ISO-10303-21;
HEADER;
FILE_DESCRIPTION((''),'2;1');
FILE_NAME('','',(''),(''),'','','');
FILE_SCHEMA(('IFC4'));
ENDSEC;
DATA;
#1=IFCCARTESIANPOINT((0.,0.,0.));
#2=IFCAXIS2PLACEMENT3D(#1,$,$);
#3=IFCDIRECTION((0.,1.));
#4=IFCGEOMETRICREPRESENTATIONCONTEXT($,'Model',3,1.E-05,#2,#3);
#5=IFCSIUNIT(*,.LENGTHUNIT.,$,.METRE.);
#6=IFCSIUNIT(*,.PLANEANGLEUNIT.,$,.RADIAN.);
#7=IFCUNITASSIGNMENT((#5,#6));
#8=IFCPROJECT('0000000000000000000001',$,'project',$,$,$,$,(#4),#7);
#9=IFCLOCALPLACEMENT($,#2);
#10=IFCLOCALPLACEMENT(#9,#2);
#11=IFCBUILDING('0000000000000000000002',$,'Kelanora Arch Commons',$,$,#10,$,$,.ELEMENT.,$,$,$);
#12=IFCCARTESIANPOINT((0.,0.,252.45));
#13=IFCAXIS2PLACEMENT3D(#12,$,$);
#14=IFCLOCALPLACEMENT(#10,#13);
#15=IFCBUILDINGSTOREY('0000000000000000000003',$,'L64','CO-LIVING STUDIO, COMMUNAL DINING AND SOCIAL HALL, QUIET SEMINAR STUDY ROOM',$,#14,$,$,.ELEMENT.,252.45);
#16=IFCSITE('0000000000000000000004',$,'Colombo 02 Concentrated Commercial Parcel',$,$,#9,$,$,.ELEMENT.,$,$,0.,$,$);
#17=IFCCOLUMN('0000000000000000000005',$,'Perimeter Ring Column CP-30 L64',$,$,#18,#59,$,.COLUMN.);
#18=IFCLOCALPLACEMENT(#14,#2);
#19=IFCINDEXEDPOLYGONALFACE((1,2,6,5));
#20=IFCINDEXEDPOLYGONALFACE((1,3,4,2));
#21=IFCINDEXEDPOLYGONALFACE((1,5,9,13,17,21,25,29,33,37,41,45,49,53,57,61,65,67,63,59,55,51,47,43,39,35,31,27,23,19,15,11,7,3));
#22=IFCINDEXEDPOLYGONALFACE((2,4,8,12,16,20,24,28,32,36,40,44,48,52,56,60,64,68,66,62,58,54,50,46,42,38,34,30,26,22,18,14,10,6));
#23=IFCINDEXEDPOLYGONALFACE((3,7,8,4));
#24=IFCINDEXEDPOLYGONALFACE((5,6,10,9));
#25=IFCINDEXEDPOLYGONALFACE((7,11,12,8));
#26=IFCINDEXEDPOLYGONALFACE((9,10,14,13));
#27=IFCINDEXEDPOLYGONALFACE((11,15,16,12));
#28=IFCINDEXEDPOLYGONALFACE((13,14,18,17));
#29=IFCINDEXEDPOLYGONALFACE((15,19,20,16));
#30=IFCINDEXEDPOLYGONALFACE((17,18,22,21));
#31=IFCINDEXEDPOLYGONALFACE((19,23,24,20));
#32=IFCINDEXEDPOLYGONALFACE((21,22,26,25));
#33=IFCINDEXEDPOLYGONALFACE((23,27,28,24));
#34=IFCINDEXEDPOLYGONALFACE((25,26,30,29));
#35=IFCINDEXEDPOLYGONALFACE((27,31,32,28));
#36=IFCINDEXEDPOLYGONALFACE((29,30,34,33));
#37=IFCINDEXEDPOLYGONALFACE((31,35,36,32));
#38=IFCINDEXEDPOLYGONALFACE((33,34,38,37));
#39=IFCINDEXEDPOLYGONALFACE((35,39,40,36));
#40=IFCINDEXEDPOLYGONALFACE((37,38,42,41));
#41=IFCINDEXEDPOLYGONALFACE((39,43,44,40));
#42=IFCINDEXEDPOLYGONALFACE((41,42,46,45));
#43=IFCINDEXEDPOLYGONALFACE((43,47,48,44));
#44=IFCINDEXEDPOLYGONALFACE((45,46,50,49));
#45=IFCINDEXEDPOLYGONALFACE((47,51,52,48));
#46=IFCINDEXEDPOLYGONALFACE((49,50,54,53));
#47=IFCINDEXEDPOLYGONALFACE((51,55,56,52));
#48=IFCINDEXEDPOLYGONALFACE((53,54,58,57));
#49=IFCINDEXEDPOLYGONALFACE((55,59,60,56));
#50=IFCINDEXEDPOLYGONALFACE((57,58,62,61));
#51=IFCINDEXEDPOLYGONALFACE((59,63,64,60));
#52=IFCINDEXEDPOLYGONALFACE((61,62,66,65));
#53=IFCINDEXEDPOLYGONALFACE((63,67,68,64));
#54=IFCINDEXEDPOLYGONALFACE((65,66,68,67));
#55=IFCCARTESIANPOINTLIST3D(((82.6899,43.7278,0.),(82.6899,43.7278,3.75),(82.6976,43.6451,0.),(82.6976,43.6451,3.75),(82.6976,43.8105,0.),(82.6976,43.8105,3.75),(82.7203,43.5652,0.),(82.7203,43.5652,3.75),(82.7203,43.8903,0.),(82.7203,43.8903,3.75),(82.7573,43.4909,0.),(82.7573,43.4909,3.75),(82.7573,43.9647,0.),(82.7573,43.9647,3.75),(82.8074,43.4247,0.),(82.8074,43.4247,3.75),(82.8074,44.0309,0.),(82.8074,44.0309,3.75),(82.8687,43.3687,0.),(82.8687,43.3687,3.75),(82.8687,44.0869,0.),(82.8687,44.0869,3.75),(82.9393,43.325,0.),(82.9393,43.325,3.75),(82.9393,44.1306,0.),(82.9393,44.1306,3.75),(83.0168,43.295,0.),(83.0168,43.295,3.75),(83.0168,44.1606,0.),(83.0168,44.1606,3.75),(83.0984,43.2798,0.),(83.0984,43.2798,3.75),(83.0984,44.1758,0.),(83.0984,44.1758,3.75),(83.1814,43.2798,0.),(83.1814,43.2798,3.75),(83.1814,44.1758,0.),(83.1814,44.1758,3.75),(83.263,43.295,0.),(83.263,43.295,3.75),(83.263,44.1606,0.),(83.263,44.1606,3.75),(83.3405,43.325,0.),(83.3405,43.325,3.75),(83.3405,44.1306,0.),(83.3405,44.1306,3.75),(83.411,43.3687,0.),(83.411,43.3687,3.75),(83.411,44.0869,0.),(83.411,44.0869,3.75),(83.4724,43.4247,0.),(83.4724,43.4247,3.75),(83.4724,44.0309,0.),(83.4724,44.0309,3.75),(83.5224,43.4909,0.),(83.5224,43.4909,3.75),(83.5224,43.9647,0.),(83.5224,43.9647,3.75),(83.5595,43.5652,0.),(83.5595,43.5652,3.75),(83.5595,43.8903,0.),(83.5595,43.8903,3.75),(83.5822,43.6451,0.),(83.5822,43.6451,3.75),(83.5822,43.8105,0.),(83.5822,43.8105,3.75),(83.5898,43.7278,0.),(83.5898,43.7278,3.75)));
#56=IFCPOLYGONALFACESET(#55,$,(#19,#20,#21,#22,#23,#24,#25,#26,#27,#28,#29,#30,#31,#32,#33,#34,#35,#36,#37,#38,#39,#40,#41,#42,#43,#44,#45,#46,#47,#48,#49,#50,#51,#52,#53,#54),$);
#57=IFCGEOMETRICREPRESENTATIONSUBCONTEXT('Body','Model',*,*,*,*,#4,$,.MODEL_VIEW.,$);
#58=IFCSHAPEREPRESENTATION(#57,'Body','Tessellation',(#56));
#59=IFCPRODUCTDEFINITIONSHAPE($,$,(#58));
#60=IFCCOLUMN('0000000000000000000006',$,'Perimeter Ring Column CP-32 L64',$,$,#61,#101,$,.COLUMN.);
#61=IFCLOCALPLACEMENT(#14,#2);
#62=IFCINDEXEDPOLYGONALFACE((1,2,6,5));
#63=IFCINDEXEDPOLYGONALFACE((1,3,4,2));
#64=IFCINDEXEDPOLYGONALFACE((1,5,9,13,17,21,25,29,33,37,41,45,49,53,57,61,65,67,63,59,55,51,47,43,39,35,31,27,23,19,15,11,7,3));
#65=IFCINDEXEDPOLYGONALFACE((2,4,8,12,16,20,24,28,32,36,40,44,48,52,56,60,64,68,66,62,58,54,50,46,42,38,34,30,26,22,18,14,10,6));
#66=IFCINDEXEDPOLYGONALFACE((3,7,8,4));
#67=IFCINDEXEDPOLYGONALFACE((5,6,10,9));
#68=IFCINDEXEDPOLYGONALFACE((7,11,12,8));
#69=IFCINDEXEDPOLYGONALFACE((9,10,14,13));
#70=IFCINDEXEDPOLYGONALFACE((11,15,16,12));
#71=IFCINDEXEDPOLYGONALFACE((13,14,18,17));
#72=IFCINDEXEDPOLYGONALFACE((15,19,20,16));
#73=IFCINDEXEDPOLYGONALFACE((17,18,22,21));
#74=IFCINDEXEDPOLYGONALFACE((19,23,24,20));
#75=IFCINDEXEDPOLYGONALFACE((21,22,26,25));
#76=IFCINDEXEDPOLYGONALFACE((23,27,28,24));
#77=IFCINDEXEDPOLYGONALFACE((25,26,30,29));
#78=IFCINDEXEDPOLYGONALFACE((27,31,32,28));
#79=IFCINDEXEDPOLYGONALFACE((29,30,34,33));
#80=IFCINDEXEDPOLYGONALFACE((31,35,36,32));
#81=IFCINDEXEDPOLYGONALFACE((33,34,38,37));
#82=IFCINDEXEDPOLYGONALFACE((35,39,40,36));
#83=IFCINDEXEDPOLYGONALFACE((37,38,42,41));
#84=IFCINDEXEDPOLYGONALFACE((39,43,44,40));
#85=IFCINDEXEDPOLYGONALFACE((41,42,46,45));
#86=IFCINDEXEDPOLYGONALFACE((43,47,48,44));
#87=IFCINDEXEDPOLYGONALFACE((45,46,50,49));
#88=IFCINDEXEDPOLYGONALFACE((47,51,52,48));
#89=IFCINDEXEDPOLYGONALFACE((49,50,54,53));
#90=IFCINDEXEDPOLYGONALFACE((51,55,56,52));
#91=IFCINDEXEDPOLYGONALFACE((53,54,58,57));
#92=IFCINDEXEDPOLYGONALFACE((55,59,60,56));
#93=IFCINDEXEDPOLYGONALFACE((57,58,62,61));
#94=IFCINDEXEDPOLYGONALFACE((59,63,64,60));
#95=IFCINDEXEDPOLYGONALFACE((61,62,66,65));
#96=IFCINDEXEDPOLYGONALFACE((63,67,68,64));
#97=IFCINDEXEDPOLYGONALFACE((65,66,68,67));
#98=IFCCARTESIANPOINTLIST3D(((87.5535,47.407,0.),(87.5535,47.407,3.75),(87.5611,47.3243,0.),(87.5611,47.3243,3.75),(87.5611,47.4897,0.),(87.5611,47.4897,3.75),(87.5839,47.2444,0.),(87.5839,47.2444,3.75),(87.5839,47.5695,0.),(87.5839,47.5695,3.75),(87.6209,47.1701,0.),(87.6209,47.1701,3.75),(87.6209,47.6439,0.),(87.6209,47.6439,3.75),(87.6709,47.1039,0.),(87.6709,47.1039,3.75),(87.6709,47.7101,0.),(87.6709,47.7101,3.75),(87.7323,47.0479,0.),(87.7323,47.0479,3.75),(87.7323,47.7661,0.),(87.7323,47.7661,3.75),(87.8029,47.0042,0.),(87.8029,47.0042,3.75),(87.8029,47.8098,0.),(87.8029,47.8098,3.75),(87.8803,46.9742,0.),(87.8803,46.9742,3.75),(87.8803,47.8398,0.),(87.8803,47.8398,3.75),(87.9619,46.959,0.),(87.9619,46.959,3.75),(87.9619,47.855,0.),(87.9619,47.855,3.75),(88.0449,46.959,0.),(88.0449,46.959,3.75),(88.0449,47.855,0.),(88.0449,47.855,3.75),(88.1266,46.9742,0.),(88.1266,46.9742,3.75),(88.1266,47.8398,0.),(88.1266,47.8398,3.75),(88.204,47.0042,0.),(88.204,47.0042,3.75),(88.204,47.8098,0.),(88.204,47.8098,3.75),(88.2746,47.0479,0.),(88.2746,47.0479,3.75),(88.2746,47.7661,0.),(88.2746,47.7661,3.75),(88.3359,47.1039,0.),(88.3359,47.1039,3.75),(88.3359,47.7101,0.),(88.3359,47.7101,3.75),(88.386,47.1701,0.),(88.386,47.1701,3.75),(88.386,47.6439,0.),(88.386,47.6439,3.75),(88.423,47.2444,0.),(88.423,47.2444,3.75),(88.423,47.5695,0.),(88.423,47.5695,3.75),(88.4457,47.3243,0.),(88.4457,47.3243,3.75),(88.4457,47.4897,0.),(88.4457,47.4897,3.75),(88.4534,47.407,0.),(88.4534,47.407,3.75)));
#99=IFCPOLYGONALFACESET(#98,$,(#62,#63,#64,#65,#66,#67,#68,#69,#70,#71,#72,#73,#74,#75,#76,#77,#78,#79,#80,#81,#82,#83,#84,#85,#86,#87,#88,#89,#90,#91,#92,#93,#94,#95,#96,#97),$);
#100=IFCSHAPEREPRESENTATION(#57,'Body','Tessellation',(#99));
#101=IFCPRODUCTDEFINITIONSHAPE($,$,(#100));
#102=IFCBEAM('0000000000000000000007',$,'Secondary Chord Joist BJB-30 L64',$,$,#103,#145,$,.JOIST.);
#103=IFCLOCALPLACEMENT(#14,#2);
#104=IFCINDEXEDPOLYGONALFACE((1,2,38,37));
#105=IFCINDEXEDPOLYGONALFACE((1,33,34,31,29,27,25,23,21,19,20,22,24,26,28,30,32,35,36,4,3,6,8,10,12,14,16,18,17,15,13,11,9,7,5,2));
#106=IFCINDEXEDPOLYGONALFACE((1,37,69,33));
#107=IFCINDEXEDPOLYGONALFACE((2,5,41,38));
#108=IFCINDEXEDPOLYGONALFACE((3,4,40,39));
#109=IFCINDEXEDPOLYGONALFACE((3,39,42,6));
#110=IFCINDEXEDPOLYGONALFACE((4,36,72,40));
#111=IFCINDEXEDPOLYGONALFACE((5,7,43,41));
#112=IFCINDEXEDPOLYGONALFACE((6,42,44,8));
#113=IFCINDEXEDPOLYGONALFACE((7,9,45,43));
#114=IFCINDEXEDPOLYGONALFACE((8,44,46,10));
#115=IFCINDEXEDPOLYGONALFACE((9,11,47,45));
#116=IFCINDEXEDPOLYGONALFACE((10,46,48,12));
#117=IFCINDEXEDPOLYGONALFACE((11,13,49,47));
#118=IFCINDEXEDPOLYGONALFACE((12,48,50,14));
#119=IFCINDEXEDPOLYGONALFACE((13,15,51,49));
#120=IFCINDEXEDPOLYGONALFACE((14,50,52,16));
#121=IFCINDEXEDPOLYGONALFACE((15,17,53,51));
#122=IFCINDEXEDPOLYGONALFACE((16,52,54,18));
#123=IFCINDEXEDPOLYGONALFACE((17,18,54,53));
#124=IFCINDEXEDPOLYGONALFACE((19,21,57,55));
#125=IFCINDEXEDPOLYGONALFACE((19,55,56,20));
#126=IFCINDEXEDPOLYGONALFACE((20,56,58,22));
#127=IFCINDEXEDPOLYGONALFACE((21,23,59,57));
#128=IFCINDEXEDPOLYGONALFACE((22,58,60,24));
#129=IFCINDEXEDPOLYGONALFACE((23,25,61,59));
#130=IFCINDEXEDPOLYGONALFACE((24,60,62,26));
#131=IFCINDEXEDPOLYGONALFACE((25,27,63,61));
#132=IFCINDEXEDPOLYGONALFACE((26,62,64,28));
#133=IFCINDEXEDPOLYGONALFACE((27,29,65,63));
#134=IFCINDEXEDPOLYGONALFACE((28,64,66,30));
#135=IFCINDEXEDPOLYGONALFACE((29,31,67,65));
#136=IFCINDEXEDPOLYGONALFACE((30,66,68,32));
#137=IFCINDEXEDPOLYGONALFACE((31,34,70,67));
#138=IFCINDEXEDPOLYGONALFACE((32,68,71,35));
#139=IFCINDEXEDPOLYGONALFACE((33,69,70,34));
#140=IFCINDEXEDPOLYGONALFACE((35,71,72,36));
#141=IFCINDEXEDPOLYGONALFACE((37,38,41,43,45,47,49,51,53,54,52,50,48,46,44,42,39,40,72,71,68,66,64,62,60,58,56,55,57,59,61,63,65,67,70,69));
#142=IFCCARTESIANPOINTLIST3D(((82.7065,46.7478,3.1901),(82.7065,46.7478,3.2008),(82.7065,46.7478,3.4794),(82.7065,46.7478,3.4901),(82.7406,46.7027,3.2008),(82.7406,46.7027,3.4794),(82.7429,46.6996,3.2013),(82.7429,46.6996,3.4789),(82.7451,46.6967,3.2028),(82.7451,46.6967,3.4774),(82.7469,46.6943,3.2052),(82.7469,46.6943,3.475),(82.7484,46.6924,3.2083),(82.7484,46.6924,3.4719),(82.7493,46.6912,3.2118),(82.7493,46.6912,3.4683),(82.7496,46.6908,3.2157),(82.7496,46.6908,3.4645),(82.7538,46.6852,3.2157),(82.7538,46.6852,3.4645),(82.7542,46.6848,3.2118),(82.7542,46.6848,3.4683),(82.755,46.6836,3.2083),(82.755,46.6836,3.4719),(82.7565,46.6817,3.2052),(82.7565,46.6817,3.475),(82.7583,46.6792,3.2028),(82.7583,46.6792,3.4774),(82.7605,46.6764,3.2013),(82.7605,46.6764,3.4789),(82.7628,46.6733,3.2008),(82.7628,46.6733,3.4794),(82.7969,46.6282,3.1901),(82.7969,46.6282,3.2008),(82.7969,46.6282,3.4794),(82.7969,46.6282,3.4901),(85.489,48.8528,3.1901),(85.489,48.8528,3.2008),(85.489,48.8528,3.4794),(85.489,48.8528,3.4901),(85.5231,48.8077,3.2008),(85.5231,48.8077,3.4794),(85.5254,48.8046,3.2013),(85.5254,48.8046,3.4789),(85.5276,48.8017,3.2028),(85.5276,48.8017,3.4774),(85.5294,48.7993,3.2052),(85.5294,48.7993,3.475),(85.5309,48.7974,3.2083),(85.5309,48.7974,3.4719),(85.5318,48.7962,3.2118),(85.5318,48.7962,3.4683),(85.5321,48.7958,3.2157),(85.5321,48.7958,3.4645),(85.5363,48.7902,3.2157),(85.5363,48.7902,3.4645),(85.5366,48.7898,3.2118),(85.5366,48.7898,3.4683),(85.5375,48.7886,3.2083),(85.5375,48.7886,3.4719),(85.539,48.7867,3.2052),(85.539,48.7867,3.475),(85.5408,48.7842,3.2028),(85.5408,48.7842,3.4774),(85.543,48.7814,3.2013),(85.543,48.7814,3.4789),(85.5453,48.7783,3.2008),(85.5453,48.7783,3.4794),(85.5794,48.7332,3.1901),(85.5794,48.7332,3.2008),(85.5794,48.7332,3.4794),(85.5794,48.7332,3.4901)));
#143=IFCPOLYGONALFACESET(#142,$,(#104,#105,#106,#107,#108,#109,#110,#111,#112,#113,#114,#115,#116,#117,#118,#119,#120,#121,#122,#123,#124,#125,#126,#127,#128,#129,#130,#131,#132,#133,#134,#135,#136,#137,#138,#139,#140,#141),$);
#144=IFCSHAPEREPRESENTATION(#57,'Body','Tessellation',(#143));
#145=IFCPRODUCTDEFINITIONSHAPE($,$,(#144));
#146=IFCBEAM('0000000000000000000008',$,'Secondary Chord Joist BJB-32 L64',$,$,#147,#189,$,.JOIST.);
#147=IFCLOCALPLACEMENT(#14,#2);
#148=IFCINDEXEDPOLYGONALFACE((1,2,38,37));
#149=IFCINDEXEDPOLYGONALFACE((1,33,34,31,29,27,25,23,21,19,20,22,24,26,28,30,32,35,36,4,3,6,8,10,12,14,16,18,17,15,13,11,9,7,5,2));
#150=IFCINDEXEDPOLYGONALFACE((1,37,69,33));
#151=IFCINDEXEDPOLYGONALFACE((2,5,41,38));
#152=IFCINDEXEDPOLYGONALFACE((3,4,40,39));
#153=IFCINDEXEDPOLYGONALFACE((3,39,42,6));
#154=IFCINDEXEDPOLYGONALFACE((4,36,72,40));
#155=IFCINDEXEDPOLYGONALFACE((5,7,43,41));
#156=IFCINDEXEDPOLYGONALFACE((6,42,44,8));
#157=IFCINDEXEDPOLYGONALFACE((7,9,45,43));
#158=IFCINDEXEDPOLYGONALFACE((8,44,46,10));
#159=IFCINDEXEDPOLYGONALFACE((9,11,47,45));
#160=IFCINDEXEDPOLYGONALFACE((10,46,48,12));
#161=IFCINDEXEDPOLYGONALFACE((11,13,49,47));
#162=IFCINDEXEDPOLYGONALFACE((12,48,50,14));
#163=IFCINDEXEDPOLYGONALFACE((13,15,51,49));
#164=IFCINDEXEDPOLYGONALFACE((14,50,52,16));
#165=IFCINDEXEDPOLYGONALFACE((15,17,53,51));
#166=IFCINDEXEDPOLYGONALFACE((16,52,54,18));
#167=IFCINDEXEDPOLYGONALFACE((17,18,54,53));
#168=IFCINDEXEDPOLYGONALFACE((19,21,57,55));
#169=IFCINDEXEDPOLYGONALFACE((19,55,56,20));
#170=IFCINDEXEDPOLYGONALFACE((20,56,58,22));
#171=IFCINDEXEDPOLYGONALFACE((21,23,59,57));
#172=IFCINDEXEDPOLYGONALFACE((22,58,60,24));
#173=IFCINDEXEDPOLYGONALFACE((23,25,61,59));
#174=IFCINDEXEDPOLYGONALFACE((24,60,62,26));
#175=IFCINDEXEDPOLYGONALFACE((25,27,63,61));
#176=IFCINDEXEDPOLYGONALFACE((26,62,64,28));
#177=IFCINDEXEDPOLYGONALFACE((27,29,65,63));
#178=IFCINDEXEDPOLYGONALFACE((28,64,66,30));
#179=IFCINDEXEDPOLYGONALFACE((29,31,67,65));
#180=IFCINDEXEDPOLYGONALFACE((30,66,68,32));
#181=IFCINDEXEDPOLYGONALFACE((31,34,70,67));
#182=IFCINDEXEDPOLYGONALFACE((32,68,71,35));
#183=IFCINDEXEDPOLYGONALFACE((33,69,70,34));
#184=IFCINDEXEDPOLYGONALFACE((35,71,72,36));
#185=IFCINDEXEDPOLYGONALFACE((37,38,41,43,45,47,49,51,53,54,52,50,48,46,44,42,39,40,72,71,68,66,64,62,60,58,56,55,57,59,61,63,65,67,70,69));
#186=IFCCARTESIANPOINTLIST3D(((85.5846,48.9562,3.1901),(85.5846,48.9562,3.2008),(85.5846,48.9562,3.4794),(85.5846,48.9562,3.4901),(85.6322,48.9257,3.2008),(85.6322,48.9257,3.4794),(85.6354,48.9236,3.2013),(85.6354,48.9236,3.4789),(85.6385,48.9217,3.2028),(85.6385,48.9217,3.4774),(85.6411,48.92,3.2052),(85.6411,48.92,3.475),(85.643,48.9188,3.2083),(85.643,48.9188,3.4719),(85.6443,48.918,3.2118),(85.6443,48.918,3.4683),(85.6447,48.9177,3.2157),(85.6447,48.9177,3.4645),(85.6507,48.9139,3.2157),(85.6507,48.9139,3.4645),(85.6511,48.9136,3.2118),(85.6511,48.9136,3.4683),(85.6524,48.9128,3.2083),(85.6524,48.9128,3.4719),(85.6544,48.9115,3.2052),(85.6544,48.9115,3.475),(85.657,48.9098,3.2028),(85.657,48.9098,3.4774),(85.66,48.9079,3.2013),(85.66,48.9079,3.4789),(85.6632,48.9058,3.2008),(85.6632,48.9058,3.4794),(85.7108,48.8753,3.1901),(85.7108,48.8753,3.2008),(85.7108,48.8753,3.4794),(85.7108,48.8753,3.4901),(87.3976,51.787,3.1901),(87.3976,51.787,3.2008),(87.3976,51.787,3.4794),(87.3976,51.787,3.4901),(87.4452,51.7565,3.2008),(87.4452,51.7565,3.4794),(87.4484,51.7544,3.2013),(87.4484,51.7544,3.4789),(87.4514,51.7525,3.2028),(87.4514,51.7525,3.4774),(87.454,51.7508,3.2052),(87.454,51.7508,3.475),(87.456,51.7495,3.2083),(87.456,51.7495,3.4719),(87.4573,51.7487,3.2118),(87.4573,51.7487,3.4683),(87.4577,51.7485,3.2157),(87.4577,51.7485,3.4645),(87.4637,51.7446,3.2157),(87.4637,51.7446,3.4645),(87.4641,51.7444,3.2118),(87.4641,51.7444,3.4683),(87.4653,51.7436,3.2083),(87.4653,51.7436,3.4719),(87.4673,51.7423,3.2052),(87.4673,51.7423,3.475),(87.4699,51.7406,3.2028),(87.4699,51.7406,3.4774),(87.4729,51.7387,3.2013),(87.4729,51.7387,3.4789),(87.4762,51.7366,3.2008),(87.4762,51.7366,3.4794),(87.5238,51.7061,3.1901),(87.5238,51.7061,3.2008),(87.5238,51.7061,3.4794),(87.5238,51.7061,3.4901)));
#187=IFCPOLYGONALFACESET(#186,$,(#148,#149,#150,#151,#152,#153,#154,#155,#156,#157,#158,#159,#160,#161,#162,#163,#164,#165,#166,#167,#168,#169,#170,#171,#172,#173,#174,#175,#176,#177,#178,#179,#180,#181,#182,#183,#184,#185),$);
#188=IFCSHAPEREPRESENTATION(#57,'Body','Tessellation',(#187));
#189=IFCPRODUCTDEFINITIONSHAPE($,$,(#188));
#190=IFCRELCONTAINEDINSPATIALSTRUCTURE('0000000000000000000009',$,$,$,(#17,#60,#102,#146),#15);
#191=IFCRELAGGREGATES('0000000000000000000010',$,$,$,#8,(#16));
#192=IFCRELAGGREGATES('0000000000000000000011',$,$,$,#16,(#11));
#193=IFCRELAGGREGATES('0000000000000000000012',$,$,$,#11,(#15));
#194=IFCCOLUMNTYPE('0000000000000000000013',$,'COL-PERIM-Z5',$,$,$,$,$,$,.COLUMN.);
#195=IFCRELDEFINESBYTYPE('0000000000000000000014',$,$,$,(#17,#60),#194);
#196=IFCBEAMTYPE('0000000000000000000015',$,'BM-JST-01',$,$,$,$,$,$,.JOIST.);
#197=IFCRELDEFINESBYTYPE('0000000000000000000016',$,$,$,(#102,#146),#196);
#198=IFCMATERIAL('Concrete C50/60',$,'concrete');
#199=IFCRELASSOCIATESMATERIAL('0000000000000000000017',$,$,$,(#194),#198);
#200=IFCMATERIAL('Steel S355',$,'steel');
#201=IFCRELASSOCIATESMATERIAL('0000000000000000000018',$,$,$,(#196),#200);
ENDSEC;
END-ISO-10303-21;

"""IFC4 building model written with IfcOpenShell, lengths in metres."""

from ifc_helpers import new_model, si_unit, direction, frame, origin, origin_2d, place, context, subcontext, project, spatial, circle, i_section, extrude, material, material_profile, profile_set, type_object, element, save


model = new_model("IFC4")

# Units and contexts
model_context = context("Model", 3, precision=1e-05, world=origin(), true_north=direction((0.0, 1.0)))
body_context = subcontext(model_context, "Body", "Model", "MODEL_VIEW")
ifc_project = project(units=[si_unit("LENGTHUNIT", "METRE"), si_unit("PLANEANGLEUNIT", "RADIAN")], contexts=[model_context])

# Site, building, storey
site_placement = place(None, origin())
site = spatial("IfcSite", under=ifc_project, at=site_placement, Name="Colombo 02 Concentrated Commercial Parcel", CompositionType="ELEMENT", RefElevation=0.0)
building_placement = place(site_placement, origin())
building = spatial("IfcBuilding", under=site, at=building_placement, Name="Kelanora Arch Commons", CompositionType="ELEMENT")
storey_placement = place(building_placement, frame((0.0, 0.0, 252.45)))
storey = spatial("IfcBuildingStorey", under=building, at=storey_placement, Name="L64", Description="CO-LIVING STUDIO, COMMUNAL DINING AND SOCIAL HALL, QUIET SEMINAR STUDY ROOM", CompositionType="ELEMENT", Elevation=252.45)

# Columns
ifc_material_1 = material(Name="Concrete C50/60", Category="concrete")
ifc_material_profile_1 = material_profile(ifc_material_1, circle(Radius=0.45, at=origin_2d()), Name="RCC900")
ifc_profile_set_1 = profile_set([ifc_material_profile_1], Name="Concrete C50/60")
column_type = type_object("IfcColumnType", Name="COL-PERIM-Z5", PredefinedType="COLUMN", material=ifc_profile_set_1)
for number, where, z_axis, x_axis, name in (
    (1, (83.1399, 43.7278, 0.0), (0.0, 0.0, 1.0), (1.0, 0.0, 0.0), "Perimeter Ring Column CP-30 L64"),
    (2, (88.0034, 47.407, 0.0), (0.0, 0.0, 1.0), (1.0, 0.0, 0.0), "Perimeter Ring Column CP-32 L64"),
):
    element("IfcColumn", number, at=place(storey_placement, frame(where, z_axis=z_axis, x_axis=x_axis)), inside=storey, type_object=column_type, Name=name, PredefinedType="COLUMN", context=body_context, shape_type="SweptSolid", body=[
        extrude(circle(Radius=0.45, at=origin_2d()), origin(), (0.0, 0.0, 1.0), 3.75),
    ])

# Beams
ifc_material_2 = material(Name="Steel S355", Category="steel")
ifc_material_profile_2 = material_profile(ifc_material_2, i_section(OverallWidth=0.1499, OverallDepth=0.3, WebThickness=0.0071, FlangeThickness=0.0107, FilletRadius=0.0149, at=origin_2d()), Name="IPE300")
ifc_profile_set_2 = profile_set([ifc_material_profile_2], Name="Steel S355")
beam_type_1 = type_object("IfcBeamType", Name="BM-JST-01", PredefinedType="JOIST", material=ifc_profile_set_2)
beam_1_placement = place(storey_placement, frame((82.7517, 46.688, 3.3401), z_axis=(0.797499, 0.60332, 0.0), x_axis=(-0.60332, 0.797499, 0.0)))
element("IfcBeam", 3, at=beam_1_placement, inside=storey, type_object=beam_type_1, Name="Secondary Chord Joist BJB-30 L64", PredefinedType="JOIST", context=body_context, shape_type="SweptSolid", body=[
    extrude(i_section(OverallWidth=0.1499, OverallDepth=0.3, WebThickness=0.0071, FlangeThickness=0.0107, FilletRadius=0.0149, at=origin_2d()), origin(), (0.0, 0.0, 1.0), 3.489),
])
beam_2_placement = place(storey_placement, frame((85.6477, 48.9158, 3.3401), z_axis=(0.539322, 0.8421, 0.0), x_axis=(-0.8421, 0.539322, 0.0)))
element("IfcBeam", 4, at=beam_2_placement, inside=storey, type_object=beam_type_1, Name="Secondary Chord Joist BJB-32 L64", PredefinedType="JOIST", context=body_context, shape_type="SweptSolid", body=[
    extrude(i_section(OverallWidth=0.1499, OverallDepth=0.3, WebThickness=0.0071, FlangeThickness=0.0107, FilletRadius=0.0149, at=origin_2d()), origin(), (0.0, 0.0, 1.0), 3.3616),
])

save(model, "model.ifc")
